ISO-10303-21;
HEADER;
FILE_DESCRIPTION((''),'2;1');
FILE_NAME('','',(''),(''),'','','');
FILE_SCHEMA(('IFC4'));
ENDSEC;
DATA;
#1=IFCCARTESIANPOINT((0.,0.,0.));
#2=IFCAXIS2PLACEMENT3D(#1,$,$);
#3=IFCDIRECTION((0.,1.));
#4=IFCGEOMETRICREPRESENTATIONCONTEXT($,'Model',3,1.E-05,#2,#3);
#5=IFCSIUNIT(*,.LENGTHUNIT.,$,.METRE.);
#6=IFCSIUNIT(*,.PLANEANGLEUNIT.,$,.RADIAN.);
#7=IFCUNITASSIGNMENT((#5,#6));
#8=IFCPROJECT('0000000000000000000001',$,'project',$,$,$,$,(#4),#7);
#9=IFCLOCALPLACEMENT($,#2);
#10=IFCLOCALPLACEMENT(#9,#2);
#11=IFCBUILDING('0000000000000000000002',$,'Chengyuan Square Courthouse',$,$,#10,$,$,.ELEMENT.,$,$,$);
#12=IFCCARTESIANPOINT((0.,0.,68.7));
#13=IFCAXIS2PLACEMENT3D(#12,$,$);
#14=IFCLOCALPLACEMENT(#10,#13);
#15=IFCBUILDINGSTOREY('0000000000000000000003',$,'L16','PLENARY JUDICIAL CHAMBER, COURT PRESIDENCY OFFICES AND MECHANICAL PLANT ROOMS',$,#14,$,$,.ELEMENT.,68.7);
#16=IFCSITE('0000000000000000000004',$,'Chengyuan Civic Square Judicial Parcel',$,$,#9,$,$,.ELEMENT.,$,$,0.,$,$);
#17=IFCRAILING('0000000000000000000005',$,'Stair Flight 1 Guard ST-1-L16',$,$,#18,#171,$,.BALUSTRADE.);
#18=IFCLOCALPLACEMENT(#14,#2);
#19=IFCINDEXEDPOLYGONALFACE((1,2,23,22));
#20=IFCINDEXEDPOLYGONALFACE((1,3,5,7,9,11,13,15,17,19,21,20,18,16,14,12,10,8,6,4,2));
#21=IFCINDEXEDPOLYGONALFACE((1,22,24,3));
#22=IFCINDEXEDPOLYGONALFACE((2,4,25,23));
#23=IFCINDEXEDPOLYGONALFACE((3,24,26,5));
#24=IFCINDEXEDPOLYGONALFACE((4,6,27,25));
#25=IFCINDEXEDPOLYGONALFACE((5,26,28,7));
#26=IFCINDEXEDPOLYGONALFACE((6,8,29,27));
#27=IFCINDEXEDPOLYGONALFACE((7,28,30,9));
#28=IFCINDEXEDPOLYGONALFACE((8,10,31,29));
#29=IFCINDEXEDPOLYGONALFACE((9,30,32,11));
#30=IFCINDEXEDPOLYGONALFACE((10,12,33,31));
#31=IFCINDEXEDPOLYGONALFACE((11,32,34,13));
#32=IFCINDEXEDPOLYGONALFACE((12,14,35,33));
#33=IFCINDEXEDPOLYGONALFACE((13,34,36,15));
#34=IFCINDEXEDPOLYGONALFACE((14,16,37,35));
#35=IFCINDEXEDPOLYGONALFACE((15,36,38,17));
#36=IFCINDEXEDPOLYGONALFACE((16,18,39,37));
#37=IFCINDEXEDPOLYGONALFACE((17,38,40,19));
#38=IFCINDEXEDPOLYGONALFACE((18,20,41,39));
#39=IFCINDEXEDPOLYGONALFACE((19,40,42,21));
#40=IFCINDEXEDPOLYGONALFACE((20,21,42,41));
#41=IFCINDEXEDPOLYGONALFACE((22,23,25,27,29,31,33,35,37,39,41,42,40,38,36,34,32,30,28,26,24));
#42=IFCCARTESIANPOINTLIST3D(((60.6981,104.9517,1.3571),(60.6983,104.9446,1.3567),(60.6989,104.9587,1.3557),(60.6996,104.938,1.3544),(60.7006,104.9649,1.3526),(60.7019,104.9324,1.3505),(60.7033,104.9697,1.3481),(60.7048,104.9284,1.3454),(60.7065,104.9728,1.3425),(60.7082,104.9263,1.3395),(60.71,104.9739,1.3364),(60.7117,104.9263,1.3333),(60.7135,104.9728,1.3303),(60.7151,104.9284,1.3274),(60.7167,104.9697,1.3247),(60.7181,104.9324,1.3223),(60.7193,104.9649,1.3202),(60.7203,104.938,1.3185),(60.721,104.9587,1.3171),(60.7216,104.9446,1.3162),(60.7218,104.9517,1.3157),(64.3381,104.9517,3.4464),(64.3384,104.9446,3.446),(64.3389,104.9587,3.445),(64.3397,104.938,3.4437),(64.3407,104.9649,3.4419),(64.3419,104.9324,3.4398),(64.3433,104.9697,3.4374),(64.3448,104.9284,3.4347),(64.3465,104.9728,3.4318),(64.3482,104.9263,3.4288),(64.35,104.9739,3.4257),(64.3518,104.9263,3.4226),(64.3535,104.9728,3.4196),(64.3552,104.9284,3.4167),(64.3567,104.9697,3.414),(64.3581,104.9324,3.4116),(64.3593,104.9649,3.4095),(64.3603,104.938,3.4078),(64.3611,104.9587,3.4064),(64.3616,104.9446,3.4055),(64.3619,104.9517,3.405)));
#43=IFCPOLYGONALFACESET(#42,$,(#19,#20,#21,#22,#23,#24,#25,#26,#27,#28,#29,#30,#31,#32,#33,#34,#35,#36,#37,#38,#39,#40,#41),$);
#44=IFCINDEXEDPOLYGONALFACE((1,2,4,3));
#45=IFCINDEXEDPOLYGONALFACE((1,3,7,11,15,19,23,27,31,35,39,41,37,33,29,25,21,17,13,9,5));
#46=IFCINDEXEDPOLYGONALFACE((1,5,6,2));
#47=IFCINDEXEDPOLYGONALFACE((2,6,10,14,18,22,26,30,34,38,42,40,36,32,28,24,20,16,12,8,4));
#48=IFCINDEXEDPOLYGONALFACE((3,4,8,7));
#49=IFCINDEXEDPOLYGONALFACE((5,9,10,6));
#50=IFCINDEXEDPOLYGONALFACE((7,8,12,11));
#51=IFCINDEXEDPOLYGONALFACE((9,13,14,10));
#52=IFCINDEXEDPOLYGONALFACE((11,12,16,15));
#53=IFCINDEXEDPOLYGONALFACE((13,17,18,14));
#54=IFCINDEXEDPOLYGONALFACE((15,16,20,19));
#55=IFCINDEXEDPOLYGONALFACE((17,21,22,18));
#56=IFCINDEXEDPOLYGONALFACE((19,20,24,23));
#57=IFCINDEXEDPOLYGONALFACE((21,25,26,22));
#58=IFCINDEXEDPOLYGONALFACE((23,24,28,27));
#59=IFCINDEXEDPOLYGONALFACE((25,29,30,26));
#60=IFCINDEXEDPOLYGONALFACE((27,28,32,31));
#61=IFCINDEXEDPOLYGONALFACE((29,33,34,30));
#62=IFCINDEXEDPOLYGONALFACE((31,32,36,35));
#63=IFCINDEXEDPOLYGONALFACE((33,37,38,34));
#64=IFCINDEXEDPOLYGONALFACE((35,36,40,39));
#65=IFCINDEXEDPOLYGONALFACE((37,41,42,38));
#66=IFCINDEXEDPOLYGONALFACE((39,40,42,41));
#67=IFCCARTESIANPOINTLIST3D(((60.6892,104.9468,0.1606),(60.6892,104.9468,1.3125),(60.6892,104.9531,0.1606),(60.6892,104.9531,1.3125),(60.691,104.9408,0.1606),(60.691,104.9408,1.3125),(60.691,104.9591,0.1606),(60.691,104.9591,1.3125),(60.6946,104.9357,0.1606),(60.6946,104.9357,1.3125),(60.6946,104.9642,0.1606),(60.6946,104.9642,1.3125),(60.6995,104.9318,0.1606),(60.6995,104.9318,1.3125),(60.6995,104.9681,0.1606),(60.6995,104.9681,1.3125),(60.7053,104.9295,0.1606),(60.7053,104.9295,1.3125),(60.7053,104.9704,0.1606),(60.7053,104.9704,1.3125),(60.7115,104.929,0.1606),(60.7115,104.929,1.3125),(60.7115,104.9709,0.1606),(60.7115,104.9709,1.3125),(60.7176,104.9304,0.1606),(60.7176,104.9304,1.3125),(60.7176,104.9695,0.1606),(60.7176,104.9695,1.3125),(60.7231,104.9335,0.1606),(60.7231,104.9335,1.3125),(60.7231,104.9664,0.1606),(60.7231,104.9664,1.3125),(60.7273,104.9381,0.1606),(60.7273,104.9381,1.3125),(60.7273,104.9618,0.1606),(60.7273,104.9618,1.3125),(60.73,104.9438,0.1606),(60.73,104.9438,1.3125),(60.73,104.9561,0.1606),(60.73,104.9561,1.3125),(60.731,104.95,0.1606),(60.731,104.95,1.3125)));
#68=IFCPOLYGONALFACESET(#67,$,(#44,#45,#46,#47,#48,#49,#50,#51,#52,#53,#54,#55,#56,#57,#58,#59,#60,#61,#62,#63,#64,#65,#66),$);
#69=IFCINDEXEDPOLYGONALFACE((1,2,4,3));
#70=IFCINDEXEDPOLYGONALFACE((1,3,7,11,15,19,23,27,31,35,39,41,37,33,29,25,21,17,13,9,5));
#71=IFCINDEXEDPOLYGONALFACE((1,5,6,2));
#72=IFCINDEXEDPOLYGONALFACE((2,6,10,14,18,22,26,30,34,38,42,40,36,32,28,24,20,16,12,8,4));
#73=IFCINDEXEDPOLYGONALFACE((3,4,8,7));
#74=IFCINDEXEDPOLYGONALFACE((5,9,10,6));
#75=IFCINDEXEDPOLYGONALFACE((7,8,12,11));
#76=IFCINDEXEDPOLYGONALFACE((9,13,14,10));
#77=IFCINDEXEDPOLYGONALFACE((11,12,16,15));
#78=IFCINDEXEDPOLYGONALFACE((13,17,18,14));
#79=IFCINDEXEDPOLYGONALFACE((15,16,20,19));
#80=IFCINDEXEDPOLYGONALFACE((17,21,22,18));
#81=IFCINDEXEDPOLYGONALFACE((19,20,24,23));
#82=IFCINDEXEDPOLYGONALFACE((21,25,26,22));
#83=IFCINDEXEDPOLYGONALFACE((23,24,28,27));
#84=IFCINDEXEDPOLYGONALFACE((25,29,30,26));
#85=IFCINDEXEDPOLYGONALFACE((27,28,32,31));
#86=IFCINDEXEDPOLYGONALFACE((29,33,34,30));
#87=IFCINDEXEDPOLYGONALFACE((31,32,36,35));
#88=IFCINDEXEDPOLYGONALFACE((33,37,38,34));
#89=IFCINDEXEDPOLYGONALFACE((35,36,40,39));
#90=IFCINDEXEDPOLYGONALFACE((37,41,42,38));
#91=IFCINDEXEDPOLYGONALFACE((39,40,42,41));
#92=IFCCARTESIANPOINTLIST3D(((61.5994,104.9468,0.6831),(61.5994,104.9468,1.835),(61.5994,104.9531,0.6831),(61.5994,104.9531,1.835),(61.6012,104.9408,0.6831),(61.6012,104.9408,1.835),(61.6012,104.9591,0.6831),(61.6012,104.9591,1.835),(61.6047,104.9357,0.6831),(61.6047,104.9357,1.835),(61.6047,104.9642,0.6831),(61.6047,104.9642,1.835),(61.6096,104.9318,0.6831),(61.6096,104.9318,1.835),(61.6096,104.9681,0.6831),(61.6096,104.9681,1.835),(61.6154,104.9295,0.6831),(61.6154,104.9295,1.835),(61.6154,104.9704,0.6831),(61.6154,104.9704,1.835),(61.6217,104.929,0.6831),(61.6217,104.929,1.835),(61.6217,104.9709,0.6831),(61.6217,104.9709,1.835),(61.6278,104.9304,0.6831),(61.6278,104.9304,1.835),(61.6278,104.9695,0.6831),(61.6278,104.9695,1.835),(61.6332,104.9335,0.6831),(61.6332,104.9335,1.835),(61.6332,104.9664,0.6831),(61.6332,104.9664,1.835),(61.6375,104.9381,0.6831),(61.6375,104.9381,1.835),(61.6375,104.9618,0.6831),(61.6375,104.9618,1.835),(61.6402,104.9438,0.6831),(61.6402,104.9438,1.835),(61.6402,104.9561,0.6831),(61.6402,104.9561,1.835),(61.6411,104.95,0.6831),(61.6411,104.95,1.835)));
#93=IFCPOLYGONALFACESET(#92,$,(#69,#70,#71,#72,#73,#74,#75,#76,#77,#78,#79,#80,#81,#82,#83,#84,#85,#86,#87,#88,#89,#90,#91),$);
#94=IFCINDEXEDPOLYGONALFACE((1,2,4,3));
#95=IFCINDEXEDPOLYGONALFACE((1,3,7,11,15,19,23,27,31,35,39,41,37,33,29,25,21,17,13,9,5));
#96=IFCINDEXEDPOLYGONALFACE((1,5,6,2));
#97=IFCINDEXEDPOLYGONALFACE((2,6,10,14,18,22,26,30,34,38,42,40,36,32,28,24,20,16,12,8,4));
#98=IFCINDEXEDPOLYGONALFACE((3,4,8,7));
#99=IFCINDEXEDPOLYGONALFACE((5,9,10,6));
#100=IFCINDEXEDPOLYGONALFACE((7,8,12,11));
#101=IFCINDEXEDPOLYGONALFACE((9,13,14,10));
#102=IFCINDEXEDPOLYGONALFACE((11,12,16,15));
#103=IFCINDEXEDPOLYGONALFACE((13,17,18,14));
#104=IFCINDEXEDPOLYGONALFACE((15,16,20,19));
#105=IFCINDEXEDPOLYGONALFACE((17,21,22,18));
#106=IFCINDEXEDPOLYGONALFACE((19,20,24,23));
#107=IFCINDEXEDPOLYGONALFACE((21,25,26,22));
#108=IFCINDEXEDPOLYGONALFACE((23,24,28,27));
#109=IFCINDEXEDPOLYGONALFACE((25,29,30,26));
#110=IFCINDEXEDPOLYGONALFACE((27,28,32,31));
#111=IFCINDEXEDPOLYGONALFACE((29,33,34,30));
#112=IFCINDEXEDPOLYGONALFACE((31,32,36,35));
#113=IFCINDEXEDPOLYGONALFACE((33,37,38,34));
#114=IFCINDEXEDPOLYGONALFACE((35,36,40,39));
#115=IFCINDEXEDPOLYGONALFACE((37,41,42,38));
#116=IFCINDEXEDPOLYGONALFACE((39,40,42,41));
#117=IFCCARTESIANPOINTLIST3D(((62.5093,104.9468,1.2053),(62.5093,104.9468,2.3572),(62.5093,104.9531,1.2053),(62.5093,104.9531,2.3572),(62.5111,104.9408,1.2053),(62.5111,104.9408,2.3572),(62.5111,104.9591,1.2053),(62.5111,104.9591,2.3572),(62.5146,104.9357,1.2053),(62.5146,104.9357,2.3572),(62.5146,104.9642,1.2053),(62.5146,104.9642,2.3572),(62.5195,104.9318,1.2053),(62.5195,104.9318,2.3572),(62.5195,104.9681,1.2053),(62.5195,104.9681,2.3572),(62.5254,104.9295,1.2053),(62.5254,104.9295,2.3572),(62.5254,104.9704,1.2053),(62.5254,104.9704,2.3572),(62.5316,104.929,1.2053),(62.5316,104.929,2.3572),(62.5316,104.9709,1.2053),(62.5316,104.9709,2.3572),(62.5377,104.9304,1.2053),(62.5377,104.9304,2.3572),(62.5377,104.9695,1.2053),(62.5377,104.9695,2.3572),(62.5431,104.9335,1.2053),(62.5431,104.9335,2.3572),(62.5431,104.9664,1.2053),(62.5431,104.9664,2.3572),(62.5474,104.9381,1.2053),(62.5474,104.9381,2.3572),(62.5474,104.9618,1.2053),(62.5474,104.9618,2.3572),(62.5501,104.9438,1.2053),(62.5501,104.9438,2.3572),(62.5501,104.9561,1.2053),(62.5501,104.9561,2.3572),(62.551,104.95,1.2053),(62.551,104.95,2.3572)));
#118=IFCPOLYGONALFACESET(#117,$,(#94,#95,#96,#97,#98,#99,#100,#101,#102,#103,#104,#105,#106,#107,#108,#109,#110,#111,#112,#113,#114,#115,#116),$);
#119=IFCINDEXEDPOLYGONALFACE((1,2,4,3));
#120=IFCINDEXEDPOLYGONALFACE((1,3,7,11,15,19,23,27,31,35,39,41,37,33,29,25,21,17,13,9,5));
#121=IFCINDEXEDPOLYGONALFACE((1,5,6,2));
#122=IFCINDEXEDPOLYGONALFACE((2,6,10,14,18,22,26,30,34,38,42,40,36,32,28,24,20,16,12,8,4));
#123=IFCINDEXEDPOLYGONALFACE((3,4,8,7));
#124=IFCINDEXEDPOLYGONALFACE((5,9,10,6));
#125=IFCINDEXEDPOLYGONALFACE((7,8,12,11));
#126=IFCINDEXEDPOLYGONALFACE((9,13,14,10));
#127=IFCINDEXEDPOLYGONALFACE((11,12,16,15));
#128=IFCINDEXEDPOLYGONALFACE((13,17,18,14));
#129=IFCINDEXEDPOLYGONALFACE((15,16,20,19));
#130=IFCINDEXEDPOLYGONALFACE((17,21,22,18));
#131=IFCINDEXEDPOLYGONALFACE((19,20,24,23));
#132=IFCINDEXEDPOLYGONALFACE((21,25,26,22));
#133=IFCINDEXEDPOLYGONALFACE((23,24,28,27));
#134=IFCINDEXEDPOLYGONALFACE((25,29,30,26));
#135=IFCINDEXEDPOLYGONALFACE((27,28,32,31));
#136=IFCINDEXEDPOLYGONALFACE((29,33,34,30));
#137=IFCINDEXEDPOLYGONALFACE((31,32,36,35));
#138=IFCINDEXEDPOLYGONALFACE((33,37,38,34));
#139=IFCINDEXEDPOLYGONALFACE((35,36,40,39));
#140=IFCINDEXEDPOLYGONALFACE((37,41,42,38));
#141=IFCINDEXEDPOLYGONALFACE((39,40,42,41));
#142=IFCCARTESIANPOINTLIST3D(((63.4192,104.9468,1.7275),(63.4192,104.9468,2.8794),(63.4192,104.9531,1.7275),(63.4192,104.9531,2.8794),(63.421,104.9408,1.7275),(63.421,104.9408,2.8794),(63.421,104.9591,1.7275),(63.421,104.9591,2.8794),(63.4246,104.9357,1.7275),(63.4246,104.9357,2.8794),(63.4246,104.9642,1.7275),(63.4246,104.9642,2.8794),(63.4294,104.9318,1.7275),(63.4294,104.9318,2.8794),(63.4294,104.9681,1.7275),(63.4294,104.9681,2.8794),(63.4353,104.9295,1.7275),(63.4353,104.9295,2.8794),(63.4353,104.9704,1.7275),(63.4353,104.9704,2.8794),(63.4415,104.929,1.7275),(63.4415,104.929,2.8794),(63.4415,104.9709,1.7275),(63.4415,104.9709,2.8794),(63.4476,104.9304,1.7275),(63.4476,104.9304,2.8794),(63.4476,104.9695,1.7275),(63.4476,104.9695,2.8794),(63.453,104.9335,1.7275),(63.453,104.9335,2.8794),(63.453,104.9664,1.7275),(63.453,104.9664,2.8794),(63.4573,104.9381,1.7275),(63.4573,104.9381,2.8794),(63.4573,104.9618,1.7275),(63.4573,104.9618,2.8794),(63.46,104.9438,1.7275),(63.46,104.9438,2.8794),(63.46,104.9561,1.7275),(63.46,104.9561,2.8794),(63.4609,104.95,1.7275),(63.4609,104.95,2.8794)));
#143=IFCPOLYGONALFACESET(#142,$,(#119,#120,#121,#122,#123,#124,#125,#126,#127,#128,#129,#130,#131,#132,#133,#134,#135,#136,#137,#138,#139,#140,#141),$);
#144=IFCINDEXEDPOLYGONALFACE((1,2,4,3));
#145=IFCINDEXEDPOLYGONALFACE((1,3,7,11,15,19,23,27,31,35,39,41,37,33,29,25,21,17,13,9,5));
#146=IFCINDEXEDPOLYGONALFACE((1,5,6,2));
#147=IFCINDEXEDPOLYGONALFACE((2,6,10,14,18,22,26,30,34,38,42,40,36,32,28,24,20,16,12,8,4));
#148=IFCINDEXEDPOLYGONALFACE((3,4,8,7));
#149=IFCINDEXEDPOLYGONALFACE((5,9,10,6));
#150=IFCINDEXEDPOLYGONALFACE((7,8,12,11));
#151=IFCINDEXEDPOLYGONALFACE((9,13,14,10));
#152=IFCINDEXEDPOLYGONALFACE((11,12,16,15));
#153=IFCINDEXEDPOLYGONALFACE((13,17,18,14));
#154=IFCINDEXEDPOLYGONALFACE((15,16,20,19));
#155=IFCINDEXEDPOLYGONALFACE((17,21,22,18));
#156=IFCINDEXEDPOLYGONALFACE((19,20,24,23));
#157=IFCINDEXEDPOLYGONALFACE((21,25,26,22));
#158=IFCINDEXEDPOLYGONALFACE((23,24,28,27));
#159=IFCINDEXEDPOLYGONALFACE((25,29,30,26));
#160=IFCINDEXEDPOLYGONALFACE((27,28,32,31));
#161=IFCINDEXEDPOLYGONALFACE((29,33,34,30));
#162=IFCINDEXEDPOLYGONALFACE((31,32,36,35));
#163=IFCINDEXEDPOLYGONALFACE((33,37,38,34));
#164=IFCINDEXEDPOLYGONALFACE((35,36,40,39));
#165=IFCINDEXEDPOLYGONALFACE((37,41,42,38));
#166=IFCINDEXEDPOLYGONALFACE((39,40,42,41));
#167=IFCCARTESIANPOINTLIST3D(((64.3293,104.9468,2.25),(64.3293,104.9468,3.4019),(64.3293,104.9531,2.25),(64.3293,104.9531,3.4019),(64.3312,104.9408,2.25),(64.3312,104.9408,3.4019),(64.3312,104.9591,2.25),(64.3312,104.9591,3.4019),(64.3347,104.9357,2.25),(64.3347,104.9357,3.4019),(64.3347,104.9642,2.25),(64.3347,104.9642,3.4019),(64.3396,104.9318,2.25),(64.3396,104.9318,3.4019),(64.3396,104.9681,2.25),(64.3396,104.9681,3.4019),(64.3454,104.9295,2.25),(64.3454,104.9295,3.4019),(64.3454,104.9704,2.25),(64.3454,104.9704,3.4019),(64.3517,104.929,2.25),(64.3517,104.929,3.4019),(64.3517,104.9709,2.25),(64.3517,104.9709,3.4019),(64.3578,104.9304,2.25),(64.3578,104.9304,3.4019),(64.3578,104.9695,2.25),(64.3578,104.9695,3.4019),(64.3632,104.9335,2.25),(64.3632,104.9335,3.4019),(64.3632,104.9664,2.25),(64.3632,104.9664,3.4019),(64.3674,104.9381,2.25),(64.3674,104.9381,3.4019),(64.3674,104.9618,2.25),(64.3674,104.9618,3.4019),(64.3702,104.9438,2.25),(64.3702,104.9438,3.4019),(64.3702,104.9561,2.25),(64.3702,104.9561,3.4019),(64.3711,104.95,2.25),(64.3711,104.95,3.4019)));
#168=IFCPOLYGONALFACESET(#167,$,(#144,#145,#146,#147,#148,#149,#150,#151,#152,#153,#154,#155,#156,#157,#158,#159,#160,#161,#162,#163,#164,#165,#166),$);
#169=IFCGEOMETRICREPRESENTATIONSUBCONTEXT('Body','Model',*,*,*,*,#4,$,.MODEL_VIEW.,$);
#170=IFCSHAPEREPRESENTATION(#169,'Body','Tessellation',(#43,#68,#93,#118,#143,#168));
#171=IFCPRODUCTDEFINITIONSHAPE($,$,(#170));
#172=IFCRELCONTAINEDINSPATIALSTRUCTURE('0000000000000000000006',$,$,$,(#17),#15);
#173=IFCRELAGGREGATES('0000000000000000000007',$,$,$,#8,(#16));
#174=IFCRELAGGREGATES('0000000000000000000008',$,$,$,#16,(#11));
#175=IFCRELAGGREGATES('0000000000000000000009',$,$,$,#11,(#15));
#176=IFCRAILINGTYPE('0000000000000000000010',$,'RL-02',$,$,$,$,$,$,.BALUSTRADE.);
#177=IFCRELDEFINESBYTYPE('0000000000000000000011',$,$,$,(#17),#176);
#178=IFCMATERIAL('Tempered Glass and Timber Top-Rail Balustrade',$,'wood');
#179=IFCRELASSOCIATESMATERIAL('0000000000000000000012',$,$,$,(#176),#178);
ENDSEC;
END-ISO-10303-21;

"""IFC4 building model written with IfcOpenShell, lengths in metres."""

from ifc_helpers import new_model, si_unit, direction, frame, origin, origin_2d, place, context, subcontext, project, spatial, circle, extrude, material, type_object, element, save


model = new_model("IFC4")

# Units and contexts
model_context = context("Model", 3, precision=1e-05, world=origin(), true_north=direction((0.0, 1.0)))
body_context = subcontext(model_context, "Body", "Model", "MODEL_VIEW")
ifc_project = project(units=[si_unit("LENGTHUNIT", "METRE"), si_unit("PLANEANGLEUNIT", "RADIAN")], contexts=[model_context])

# Site, building, storey
site_placement = place(None, origin())
site = spatial("IfcSite", under=ifc_project, at=site_placement, Name="Chengyuan Civic Square Judicial Parcel", CompositionType="ELEMENT", RefElevation=0.0)
building_placement = place(site_placement, origin())
building = spatial("IfcBuilding", under=site, at=building_placement, Name="Chengyuan Square Courthouse", CompositionType="ELEMENT")
storey_placement = place(building_placement, frame((0.0, 0.0, 68.7)))
storey = spatial("IfcBuildingStorey", under=building, at=storey_placement, Name="L16", Description="PLENARY JUDICIAL CHAMBER, COURT PRESIDENCY OFFICES AND MECHANICAL PLANT ROOMS", CompositionType="ELEMENT", Elevation=68.7)

# Railing
ifc_material_1 = material(Name="Tempered Glass and Timber Top-Rail Balustrade", Category="wood")
railing_type_1 = type_object("IfcRailingType", Name="RL-02", PredefinedType="BALUSTRADE", material=ifc_material_1)
railing_1_placement = place(storey_placement, frame((60.71, 104.95, 0.1606)))
element("IfcRailing", 1, at=railing_1_placement, inside=storey, type_object=railing_type_1, Name="Stair Flight 1 Guard ST-1-L16", PredefinedType="BALUSTRADE", context=body_context, shape_type="SweptSolid", body=[
    extrude(circle(Radius=0.0239, at=origin_2d()), frame((0.0, 0.0, 1.1758), z_axis=(0.867289, 0.0, 0.497804), x_axis=(0.0, 1.0, 0.0)), (0.0, 0.0, 1.0), 4.197),
    extrude(circle(Radius=0.021, at=origin_2d()), origin(), (0.0, 0.0, 1.0), 1.1519),
    extrude(circle(Radius=0.021, at=origin_2d()), frame((0.9102, 0.0, 0.5225)), (0.0, 0.0, 1.0), 1.1519),
    extrude(circle(Radius=0.021, at=origin_2d()), frame((1.8201, 0.0, 1.0447)), (0.0, 0.0, 1.0), 1.1519),
    extrude(circle(Radius=0.021, at=origin_2d()), frame((2.73, 0.0, 1.5669)), (0.0, 0.0, 1.0), 1.1519),
    extrude(circle(Radius=0.021, at=origin_2d()), frame((3.6401, 0.0, 2.0894)), (0.0, 0.0, 1.0), 1.1519),
])

save(model, "model.ifc")
